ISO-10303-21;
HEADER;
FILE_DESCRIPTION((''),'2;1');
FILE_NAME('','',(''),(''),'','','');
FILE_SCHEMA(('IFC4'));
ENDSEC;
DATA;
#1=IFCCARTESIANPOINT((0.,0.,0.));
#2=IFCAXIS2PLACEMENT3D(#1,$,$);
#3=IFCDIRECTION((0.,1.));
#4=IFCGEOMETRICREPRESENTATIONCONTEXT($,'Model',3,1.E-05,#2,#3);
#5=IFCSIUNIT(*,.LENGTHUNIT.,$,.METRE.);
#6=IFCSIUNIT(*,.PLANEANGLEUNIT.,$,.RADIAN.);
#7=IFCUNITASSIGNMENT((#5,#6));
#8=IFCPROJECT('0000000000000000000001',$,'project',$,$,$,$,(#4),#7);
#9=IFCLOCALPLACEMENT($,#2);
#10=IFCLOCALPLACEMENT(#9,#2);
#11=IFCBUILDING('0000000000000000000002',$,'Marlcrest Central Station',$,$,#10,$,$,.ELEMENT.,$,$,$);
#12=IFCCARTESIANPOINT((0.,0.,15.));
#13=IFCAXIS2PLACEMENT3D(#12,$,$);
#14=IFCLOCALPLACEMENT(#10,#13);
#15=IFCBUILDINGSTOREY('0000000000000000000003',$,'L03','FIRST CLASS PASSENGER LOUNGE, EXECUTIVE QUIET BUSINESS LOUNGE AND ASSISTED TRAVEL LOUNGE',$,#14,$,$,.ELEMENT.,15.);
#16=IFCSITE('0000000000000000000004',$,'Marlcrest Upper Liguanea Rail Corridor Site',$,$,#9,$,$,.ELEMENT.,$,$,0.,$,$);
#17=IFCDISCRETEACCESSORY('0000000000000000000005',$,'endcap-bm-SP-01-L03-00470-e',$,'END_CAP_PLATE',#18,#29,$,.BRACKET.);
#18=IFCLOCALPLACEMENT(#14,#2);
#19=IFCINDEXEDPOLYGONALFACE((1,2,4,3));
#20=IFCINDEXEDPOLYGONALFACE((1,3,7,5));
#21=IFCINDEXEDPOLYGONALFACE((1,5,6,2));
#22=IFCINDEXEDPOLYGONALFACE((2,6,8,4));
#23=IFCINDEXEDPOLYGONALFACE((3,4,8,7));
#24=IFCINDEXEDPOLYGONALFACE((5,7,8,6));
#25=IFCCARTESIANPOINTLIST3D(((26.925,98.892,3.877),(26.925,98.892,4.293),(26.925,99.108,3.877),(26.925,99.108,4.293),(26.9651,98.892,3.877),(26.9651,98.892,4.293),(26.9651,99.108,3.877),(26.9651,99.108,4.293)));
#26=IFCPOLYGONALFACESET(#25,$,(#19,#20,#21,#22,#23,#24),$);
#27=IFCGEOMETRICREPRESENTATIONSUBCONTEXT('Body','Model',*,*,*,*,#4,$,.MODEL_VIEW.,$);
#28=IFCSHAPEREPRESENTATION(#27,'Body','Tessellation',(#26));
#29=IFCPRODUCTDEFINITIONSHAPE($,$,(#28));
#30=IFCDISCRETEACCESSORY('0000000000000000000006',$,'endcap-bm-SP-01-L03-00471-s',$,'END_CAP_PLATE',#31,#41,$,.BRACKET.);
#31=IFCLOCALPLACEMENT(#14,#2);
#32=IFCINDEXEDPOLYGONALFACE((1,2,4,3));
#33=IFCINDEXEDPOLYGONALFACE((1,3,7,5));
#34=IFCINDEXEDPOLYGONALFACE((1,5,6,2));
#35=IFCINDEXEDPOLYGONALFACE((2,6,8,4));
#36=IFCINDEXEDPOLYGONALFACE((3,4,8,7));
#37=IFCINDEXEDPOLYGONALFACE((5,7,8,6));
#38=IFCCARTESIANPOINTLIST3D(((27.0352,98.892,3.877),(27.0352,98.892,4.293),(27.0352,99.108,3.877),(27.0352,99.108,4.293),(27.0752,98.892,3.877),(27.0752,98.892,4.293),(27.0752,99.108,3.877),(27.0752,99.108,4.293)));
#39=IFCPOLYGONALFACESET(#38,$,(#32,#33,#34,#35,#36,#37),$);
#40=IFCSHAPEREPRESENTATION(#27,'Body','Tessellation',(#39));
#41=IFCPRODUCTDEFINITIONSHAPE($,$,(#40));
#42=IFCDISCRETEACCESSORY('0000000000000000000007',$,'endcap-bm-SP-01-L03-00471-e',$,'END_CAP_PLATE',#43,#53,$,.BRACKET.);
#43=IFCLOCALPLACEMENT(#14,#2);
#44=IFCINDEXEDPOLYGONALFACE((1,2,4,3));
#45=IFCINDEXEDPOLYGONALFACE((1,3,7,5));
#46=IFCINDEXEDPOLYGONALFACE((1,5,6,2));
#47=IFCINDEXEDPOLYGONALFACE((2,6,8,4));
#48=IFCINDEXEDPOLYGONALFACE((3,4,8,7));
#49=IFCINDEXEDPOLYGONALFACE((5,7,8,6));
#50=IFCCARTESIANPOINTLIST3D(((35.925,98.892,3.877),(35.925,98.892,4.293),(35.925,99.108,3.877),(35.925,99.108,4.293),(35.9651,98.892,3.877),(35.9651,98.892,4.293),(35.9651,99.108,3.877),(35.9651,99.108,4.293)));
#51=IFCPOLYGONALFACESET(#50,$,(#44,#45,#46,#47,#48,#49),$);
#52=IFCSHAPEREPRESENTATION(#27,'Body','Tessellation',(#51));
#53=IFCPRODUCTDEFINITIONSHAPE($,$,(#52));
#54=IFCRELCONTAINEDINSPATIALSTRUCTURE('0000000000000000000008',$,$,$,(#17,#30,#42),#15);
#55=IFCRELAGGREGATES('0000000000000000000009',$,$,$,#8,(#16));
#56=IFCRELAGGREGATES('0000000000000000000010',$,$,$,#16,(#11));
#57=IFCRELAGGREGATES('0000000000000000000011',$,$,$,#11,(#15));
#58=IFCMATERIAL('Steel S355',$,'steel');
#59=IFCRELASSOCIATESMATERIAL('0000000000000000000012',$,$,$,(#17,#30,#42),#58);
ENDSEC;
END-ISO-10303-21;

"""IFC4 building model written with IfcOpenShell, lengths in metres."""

from ifc_helpers import new_model, si_unit, direction, frame, origin, origin_2d, place, context, subcontext, project, spatial, rectangle, extrude, material, element, save


model = new_model("IFC4")

# Units and contexts
model_context = context("Model", 3, precision=1e-05, world=origin(), true_north=direction((0.0, 1.0)))
body_context = subcontext(model_context, "Body", "Model", "MODEL_VIEW")
ifc_project = project(units=[si_unit("LENGTHUNIT", "METRE"), si_unit("PLANEANGLEUNIT", "RADIAN")], contexts=[model_context])

# Site, building, storey
site_placement = place(None, origin())
site = spatial("IfcSite", under=ifc_project, at=site_placement, Name="Marlcrest Upper Liguanea Rail Corridor Site", CompositionType="ELEMENT", RefElevation=0.0)
building_placement = place(site_placement, origin())
building = spatial("IfcBuilding", under=site, at=building_placement, Name="Marlcrest Central Station", CompositionType="ELEMENT")
storey_placement = place(building_placement, frame((0.0, 0.0, 15.0)))
storey = spatial("IfcBuildingStorey", under=building, at=storey_placement, Name="L03", Description="FIRST CLASS PASSENGER LOUNGE, EXECUTIVE QUIET BUSINESS LOUNGE AND ASSISTED TRAVEL LOUNGE", CompositionType="ELEMENT", Elevation=15.0)

# Shared definitions
ifc_material_1 = material(Name="Steel S355", Category="steel")

# Discrete accessories
for number, where, z_axis, x_axis, name in (
    (1, (26.925, 99.0, 4.085), (1.0, 0.0, 0.0), (0.0, 1.0, 0.0), "endcap-bm-SP-01-L03-00470-e"),
    (2, (27.0352, 99.0, 4.085), (1.0, 0.0, 0.0), (0.0, 1.0, 0.0), "endcap-bm-SP-01-L03-00471-s"),
    (3, (35.925, 99.0, 4.085), (1.0, 0.0, 0.0), (0.0, 1.0, 0.0), "endcap-bm-SP-01-L03-00471-e"),
):
    element("IfcDiscreteAccessory", number, at=place(storey_placement, frame(where, z_axis=z_axis, x_axis=x_axis)), inside=storey, material=ifc_material_1, Name=name, ObjectType="END_CAP_PLATE", PredefinedType="BRACKET", context=body_context, shape_type="SweptSolid", body=[
        extrude(rectangle(XDim=0.2161, YDim=0.416, at=origin_2d()), origin(), (0.0, 0.0, 1.0), 0.04),
    ])

save(model, "model.ifc")
